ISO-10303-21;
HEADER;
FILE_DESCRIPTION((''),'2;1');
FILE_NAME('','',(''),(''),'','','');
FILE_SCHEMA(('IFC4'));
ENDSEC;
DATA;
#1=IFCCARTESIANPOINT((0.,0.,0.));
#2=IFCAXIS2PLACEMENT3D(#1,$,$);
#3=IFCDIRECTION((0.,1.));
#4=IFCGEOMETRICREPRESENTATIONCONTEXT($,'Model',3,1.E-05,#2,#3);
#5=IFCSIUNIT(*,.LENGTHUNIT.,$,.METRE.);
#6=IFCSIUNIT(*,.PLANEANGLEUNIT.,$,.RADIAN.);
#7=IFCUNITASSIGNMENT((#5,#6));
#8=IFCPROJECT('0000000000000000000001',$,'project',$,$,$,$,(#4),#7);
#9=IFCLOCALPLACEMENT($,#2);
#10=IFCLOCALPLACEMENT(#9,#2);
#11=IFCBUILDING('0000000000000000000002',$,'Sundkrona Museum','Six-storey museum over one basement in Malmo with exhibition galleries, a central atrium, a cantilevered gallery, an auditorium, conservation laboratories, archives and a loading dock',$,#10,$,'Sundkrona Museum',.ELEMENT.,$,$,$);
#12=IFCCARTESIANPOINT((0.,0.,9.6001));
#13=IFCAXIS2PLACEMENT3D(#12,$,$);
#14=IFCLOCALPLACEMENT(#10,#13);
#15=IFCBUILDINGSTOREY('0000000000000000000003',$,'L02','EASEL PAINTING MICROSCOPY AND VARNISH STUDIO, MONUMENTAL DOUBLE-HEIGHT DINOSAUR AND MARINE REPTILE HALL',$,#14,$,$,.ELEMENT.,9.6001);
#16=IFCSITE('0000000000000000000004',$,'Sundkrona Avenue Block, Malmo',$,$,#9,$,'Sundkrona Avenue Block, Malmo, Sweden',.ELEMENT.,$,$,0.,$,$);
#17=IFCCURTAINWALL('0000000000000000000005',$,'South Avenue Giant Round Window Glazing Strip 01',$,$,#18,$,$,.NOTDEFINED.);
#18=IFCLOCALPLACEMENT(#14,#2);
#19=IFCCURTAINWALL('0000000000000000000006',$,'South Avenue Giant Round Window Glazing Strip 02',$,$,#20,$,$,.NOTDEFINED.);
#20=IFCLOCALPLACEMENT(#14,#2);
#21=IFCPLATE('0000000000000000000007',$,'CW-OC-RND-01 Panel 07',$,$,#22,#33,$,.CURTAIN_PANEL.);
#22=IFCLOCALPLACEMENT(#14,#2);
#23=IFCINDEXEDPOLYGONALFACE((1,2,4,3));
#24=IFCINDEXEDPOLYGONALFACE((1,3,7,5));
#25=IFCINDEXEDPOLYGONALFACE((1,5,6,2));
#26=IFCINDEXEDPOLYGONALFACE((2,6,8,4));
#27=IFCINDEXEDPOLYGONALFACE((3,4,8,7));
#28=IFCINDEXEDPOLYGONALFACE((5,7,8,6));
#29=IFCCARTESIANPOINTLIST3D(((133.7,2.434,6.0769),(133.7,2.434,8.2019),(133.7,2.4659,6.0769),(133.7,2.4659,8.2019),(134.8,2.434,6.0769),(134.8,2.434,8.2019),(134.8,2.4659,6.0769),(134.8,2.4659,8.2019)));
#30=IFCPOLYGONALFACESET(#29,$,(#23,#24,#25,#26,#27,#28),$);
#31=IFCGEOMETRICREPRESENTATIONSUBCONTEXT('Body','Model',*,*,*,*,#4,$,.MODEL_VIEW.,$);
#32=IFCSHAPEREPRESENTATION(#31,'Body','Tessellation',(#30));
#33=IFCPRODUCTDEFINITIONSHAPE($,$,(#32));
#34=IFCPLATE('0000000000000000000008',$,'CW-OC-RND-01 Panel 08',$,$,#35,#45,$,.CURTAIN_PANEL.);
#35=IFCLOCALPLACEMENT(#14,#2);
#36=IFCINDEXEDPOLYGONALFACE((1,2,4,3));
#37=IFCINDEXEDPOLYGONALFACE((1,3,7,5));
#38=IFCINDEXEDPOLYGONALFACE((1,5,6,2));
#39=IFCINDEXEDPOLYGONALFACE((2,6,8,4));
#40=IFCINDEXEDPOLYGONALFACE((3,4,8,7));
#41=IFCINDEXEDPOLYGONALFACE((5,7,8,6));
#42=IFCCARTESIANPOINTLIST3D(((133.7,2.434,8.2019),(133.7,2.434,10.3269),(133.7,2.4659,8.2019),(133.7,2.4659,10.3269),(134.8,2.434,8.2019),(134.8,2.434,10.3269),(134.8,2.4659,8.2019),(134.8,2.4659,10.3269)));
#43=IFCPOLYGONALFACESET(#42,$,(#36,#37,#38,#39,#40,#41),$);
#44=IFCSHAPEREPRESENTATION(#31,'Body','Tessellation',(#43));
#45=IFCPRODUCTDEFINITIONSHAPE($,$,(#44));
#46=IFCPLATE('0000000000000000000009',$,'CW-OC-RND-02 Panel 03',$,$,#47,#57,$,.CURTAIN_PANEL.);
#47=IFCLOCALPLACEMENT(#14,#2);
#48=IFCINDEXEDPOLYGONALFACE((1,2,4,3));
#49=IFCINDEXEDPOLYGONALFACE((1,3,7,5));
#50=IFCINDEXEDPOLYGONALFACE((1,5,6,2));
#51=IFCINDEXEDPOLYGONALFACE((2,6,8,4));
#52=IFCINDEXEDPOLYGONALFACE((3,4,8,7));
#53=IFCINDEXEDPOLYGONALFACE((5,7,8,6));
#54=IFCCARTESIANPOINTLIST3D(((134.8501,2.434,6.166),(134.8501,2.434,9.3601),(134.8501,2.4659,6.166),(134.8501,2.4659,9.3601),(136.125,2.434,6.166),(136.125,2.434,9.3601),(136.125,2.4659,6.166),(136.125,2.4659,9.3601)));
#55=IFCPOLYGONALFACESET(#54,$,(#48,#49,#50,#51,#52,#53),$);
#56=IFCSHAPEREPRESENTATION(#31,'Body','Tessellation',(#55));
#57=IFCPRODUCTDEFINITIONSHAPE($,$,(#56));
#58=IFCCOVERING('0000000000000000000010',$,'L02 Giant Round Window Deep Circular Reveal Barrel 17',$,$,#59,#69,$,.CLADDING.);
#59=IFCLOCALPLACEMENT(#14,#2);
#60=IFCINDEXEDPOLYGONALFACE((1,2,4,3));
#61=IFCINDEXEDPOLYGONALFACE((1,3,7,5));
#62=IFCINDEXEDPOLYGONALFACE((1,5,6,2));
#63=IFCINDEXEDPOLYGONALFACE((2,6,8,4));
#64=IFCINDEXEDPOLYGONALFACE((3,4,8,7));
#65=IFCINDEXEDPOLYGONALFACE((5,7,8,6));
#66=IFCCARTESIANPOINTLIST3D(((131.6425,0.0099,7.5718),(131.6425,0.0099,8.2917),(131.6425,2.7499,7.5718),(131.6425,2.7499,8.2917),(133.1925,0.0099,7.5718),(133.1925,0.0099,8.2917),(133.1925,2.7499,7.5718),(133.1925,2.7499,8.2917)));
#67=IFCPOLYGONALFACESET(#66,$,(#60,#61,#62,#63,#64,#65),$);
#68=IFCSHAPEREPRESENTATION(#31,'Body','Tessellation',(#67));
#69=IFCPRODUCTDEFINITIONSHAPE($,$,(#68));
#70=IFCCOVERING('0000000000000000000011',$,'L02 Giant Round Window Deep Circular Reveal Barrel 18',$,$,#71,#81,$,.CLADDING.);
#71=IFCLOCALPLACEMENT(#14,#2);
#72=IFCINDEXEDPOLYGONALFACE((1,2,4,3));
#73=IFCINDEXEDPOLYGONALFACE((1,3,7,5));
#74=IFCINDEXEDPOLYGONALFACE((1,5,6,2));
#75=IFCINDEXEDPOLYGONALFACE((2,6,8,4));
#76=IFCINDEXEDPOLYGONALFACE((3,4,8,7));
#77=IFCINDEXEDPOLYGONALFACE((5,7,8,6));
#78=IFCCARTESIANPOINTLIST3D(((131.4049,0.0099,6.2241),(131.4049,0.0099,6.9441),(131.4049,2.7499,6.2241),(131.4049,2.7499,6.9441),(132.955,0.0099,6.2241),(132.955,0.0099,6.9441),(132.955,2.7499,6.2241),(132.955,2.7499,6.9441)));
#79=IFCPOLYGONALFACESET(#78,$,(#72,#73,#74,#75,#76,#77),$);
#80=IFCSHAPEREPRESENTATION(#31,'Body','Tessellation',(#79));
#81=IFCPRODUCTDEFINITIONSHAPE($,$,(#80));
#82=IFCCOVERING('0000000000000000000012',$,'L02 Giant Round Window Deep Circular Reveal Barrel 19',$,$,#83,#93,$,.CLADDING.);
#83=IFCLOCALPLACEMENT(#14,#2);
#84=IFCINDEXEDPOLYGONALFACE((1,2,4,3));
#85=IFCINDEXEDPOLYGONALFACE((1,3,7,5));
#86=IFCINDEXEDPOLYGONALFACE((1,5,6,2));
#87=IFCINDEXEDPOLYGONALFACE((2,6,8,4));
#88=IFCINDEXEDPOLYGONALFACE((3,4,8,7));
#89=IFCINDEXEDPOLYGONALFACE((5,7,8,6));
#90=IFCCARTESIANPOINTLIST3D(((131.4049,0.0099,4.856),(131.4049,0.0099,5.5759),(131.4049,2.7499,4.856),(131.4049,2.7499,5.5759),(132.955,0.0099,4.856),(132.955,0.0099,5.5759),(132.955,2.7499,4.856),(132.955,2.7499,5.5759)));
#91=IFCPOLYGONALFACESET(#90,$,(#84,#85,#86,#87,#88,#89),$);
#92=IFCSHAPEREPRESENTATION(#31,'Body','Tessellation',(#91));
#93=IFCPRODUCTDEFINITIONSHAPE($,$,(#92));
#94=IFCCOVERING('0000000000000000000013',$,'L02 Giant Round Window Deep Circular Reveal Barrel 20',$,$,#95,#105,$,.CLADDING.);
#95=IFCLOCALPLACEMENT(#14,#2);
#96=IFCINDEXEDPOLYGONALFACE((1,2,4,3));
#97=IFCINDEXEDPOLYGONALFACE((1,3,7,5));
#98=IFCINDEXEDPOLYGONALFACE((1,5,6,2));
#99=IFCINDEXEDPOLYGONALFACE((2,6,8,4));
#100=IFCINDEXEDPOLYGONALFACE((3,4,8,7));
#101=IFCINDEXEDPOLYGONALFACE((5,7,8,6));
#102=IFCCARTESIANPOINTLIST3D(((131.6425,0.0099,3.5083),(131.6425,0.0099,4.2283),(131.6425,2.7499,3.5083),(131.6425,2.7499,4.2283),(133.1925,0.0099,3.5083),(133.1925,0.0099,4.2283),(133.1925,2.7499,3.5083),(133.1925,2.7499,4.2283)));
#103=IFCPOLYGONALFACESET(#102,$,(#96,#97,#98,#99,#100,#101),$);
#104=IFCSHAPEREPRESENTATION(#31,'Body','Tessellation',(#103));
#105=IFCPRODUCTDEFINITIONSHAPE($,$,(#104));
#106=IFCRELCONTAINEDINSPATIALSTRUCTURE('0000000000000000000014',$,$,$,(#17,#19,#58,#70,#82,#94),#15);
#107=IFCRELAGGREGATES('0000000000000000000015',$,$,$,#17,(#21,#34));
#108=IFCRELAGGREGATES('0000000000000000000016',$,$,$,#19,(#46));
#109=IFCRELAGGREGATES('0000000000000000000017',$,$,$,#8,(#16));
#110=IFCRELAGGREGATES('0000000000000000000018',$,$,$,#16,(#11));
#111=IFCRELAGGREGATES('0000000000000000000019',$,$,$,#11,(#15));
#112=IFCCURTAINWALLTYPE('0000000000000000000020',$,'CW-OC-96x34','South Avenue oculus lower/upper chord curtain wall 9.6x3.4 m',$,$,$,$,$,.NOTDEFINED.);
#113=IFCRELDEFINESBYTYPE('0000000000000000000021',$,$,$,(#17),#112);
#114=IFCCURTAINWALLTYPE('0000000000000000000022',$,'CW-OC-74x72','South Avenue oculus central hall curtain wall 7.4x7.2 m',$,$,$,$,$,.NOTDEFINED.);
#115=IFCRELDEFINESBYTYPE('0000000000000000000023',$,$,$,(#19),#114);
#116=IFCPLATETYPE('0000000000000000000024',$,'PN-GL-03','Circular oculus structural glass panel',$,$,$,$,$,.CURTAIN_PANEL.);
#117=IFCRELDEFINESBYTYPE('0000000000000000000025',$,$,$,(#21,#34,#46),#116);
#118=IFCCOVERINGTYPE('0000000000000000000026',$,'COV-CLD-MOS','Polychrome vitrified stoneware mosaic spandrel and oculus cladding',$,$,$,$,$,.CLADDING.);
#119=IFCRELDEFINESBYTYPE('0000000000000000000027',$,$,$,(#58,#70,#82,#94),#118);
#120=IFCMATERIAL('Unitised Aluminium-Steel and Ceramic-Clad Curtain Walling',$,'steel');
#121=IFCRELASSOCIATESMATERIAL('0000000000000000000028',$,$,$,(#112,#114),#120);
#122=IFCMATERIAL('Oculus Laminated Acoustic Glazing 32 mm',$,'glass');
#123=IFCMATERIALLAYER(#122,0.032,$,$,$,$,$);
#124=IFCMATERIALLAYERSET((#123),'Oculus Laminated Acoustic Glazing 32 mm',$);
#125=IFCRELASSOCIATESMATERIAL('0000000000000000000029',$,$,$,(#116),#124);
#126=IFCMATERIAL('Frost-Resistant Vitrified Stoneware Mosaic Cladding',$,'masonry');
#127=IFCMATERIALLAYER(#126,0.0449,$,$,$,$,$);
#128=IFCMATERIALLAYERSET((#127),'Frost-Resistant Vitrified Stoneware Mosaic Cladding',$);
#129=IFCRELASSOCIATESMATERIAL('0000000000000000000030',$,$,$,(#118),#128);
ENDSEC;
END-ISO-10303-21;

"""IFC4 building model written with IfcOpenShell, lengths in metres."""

from ifc_helpers import new_model, si_unit, direction, frame, origin, origin_2d, place, context, subcontext, project, spatial, rectangle, extrude, material, layer, layer_set, type_object, element, aggregate, save


model = new_model("IFC4")

# Units and contexts
model_context = context("Model", 3, precision=1e-05, world=origin(), true_north=direction((0.0, 1.0)))
body_context = subcontext(model_context, "Body", "Model", "MODEL_VIEW")
ifc_project = project(units=[si_unit("LENGTHUNIT", "METRE"), si_unit("PLANEANGLEUNIT", "RADIAN")], contexts=[model_context])

# Site, building, storey
site_placement = place(None, origin())
site = spatial("IfcSite", under=ifc_project, at=site_placement, Name="Sundkrona Avenue Block, Malmo", LongName="Sundkrona Avenue Block, Malmo, Sweden", CompositionType="ELEMENT", RefElevation=0.0)
building_placement = place(site_placement, origin())
building = spatial("IfcBuilding", under=site, at=building_placement, Name="Sundkrona Museum", Description="Six-storey museum over one basement in Malmo with exhibition galleries, a central atrium, a cantilevered gallery, an auditorium, conservation laboratories, archives and a loading dock", LongName="Sundkrona Museum", CompositionType="ELEMENT")
storey_placement = place(building_placement, frame((0.0, 0.0, 9.6001)))
storey = spatial("IfcBuildingStorey", under=building, at=storey_placement, Name="L02", Description="EASEL PAINTING MICROSCOPY AND VARNISH STUDIO, MONUMENTAL DOUBLE-HEIGHT DINOSAUR AND MARINE REPTILE HALL", CompositionType="ELEMENT", Elevation=9.6001)

# Curtain walls
ifc_material_1 = material(Name="Unitised Aluminium-Steel and Ceramic-Clad Curtain Walling", Category="steel")
curtain_wall_type_1 = type_object("IfcCurtainWallType", Name="CW-OC-96x34", Description="South Avenue oculus lower/upper chord curtain wall 9.6x3.4 m", PredefinedType="NOTDEFINED", material=ifc_material_1)
curtain_wall_1_placement = place(storey_placement, origin())
curtain_wall_1 = element("IfcCurtainWall", 1, at=curtain_wall_1_placement, inside=storey, type_object=curtain_wall_type_1, Name="South Avenue Giant Round Window Glazing Strip 01", PredefinedType="NOTDEFINED")
curtain_wall_type_2 = type_object("IfcCurtainWallType", Name="CW-OC-74x72", Description="South Avenue oculus central hall curtain wall 7.4x7.2 m", PredefinedType="NOTDEFINED", material=ifc_material_1)
curtain_wall_2_placement = place(storey_placement, origin())
curtain_wall_2 = element("IfcCurtainWall", 2, at=curtain_wall_2_placement, inside=storey, type_object=curtain_wall_type_2, Name="South Avenue Giant Round Window Glazing Strip 02", PredefinedType="NOTDEFINED")

# Plates
ifc_material_2 = material(Name="Oculus Laminated Acoustic Glazing 32 mm", Category="glass")
ifc_layer_1 = layer(ifc_material_2, 0.032)
ifc_layer_set_1 = layer_set([ifc_layer_1], Name="Oculus Laminated Acoustic Glazing 32 mm")
plate_type = type_object("IfcPlateType", Name="PN-GL-03", Description="Circular oculus structural glass panel", PredefinedType="CURTAIN_PANEL", material=ifc_layer_set_1)
plate_1_placement = place(storey_placement, frame((134.25, 2.45, 6.0769), z_axis=(0.0, 0.0, 1.0), x_axis=(1.0, 0.0, 0.0)))
plate_1 = element("IfcPlate", 3, at=plate_1_placement, type_object=plate_type, Name="CW-OC-RND-01 Panel 07", PredefinedType="CURTAIN_PANEL", context=body_context, shape_type="SweptSolid", body=[
    extrude(rectangle(XDim=1.1001, YDim=0.032, at=origin_2d()), origin(), (0.0, 0.0, 1.0), 2.125),
])
plate_2_placement = place(storey_placement, frame((134.25, 2.45, 8.2019), z_axis=(0.0, 0.0, 1.0), x_axis=(1.0, 0.0, 0.0)))
plate_2 = element("IfcPlate", 4, at=plate_2_placement, type_object=plate_type, Name="CW-OC-RND-01 Panel 08", PredefinedType="CURTAIN_PANEL", context=body_context, shape_type="SweptSolid", body=[
    extrude(rectangle(XDim=1.1001, YDim=0.032, at=origin_2d()), origin(), (0.0, 0.0, 1.0), 2.125),
])
aggregate(curtain_wall_1, [plate_1, plate_2])
plate_3_placement = place(storey_placement, frame((135.4875, 2.45, 6.166), z_axis=(0.0, 0.0, 1.0), x_axis=(1.0, 0.0, 0.0)))
plate_3 = element("IfcPlate", 5, at=plate_3_placement, type_object=plate_type, Name="CW-OC-RND-02 Panel 03", PredefinedType="CURTAIN_PANEL", context=body_context, shape_type="SweptSolid", body=[
    extrude(rectangle(XDim=1.2749, YDim=0.032, at=origin_2d()), origin(), (0.0, 0.0, 1.0), 3.1941),
])
aggregate(curtain_wall_2, [plate_3])

# Coverings
ifc_material_3 = material(Name="Frost-Resistant Vitrified Stoneware Mosaic Cladding", Category="masonry")
ifc_layer_2 = layer(ifc_material_3, 0.0449)
ifc_layer_set_2 = layer_set([ifc_layer_2], Name="Frost-Resistant Vitrified Stoneware Mosaic Cladding")
covering_type = type_object("IfcCoveringType", Name="COV-CLD-MOS", Description="Polychrome vitrified stoneware mosaic spandrel and oculus cladding", PredefinedType="CLADDING", material=ifc_layer_set_2)
for number, where, z_axis, x_axis, name in (
    (6, (132.4175, 1.3799, 7.5718), (0.0, 0.0, 1.0), (1.0, 0.0, 0.0), "L02 Giant Round Window Deep Circular Reveal Barrel 17"),
    (7, (132.1799, 1.3799, 6.2241), (0.0, 0.0, 1.0), (1.0, 0.0, 0.0), "L02 Giant Round Window Deep Circular Reveal Barrel 18"),
    (8, (132.1799, 1.3799, 4.856), (0.0, 0.0, 1.0), (1.0, 0.0, 0.0), "L02 Giant Round Window Deep Circular Reveal Barrel 19"),
    (9, (132.4175, 1.3799, 3.5083), (0.0, 0.0, 1.0), (1.0, 0.0, 0.0), "L02 Giant Round Window Deep Circular Reveal Barrel 20"),
):
    element("IfcCovering", number, at=place(storey_placement, frame(where, z_axis=z_axis, x_axis=x_axis)), inside=storey, type_object=covering_type, Name=name, PredefinedType="CLADDING", context=body_context, shape_type="SweptSolid", body=[
        extrude(rectangle(XDim=1.55, YDim=2.74, at=origin_2d()), origin(), (0.0, 0.0, 1.0), 0.72),
    ])

save(model, "model.ifc")
